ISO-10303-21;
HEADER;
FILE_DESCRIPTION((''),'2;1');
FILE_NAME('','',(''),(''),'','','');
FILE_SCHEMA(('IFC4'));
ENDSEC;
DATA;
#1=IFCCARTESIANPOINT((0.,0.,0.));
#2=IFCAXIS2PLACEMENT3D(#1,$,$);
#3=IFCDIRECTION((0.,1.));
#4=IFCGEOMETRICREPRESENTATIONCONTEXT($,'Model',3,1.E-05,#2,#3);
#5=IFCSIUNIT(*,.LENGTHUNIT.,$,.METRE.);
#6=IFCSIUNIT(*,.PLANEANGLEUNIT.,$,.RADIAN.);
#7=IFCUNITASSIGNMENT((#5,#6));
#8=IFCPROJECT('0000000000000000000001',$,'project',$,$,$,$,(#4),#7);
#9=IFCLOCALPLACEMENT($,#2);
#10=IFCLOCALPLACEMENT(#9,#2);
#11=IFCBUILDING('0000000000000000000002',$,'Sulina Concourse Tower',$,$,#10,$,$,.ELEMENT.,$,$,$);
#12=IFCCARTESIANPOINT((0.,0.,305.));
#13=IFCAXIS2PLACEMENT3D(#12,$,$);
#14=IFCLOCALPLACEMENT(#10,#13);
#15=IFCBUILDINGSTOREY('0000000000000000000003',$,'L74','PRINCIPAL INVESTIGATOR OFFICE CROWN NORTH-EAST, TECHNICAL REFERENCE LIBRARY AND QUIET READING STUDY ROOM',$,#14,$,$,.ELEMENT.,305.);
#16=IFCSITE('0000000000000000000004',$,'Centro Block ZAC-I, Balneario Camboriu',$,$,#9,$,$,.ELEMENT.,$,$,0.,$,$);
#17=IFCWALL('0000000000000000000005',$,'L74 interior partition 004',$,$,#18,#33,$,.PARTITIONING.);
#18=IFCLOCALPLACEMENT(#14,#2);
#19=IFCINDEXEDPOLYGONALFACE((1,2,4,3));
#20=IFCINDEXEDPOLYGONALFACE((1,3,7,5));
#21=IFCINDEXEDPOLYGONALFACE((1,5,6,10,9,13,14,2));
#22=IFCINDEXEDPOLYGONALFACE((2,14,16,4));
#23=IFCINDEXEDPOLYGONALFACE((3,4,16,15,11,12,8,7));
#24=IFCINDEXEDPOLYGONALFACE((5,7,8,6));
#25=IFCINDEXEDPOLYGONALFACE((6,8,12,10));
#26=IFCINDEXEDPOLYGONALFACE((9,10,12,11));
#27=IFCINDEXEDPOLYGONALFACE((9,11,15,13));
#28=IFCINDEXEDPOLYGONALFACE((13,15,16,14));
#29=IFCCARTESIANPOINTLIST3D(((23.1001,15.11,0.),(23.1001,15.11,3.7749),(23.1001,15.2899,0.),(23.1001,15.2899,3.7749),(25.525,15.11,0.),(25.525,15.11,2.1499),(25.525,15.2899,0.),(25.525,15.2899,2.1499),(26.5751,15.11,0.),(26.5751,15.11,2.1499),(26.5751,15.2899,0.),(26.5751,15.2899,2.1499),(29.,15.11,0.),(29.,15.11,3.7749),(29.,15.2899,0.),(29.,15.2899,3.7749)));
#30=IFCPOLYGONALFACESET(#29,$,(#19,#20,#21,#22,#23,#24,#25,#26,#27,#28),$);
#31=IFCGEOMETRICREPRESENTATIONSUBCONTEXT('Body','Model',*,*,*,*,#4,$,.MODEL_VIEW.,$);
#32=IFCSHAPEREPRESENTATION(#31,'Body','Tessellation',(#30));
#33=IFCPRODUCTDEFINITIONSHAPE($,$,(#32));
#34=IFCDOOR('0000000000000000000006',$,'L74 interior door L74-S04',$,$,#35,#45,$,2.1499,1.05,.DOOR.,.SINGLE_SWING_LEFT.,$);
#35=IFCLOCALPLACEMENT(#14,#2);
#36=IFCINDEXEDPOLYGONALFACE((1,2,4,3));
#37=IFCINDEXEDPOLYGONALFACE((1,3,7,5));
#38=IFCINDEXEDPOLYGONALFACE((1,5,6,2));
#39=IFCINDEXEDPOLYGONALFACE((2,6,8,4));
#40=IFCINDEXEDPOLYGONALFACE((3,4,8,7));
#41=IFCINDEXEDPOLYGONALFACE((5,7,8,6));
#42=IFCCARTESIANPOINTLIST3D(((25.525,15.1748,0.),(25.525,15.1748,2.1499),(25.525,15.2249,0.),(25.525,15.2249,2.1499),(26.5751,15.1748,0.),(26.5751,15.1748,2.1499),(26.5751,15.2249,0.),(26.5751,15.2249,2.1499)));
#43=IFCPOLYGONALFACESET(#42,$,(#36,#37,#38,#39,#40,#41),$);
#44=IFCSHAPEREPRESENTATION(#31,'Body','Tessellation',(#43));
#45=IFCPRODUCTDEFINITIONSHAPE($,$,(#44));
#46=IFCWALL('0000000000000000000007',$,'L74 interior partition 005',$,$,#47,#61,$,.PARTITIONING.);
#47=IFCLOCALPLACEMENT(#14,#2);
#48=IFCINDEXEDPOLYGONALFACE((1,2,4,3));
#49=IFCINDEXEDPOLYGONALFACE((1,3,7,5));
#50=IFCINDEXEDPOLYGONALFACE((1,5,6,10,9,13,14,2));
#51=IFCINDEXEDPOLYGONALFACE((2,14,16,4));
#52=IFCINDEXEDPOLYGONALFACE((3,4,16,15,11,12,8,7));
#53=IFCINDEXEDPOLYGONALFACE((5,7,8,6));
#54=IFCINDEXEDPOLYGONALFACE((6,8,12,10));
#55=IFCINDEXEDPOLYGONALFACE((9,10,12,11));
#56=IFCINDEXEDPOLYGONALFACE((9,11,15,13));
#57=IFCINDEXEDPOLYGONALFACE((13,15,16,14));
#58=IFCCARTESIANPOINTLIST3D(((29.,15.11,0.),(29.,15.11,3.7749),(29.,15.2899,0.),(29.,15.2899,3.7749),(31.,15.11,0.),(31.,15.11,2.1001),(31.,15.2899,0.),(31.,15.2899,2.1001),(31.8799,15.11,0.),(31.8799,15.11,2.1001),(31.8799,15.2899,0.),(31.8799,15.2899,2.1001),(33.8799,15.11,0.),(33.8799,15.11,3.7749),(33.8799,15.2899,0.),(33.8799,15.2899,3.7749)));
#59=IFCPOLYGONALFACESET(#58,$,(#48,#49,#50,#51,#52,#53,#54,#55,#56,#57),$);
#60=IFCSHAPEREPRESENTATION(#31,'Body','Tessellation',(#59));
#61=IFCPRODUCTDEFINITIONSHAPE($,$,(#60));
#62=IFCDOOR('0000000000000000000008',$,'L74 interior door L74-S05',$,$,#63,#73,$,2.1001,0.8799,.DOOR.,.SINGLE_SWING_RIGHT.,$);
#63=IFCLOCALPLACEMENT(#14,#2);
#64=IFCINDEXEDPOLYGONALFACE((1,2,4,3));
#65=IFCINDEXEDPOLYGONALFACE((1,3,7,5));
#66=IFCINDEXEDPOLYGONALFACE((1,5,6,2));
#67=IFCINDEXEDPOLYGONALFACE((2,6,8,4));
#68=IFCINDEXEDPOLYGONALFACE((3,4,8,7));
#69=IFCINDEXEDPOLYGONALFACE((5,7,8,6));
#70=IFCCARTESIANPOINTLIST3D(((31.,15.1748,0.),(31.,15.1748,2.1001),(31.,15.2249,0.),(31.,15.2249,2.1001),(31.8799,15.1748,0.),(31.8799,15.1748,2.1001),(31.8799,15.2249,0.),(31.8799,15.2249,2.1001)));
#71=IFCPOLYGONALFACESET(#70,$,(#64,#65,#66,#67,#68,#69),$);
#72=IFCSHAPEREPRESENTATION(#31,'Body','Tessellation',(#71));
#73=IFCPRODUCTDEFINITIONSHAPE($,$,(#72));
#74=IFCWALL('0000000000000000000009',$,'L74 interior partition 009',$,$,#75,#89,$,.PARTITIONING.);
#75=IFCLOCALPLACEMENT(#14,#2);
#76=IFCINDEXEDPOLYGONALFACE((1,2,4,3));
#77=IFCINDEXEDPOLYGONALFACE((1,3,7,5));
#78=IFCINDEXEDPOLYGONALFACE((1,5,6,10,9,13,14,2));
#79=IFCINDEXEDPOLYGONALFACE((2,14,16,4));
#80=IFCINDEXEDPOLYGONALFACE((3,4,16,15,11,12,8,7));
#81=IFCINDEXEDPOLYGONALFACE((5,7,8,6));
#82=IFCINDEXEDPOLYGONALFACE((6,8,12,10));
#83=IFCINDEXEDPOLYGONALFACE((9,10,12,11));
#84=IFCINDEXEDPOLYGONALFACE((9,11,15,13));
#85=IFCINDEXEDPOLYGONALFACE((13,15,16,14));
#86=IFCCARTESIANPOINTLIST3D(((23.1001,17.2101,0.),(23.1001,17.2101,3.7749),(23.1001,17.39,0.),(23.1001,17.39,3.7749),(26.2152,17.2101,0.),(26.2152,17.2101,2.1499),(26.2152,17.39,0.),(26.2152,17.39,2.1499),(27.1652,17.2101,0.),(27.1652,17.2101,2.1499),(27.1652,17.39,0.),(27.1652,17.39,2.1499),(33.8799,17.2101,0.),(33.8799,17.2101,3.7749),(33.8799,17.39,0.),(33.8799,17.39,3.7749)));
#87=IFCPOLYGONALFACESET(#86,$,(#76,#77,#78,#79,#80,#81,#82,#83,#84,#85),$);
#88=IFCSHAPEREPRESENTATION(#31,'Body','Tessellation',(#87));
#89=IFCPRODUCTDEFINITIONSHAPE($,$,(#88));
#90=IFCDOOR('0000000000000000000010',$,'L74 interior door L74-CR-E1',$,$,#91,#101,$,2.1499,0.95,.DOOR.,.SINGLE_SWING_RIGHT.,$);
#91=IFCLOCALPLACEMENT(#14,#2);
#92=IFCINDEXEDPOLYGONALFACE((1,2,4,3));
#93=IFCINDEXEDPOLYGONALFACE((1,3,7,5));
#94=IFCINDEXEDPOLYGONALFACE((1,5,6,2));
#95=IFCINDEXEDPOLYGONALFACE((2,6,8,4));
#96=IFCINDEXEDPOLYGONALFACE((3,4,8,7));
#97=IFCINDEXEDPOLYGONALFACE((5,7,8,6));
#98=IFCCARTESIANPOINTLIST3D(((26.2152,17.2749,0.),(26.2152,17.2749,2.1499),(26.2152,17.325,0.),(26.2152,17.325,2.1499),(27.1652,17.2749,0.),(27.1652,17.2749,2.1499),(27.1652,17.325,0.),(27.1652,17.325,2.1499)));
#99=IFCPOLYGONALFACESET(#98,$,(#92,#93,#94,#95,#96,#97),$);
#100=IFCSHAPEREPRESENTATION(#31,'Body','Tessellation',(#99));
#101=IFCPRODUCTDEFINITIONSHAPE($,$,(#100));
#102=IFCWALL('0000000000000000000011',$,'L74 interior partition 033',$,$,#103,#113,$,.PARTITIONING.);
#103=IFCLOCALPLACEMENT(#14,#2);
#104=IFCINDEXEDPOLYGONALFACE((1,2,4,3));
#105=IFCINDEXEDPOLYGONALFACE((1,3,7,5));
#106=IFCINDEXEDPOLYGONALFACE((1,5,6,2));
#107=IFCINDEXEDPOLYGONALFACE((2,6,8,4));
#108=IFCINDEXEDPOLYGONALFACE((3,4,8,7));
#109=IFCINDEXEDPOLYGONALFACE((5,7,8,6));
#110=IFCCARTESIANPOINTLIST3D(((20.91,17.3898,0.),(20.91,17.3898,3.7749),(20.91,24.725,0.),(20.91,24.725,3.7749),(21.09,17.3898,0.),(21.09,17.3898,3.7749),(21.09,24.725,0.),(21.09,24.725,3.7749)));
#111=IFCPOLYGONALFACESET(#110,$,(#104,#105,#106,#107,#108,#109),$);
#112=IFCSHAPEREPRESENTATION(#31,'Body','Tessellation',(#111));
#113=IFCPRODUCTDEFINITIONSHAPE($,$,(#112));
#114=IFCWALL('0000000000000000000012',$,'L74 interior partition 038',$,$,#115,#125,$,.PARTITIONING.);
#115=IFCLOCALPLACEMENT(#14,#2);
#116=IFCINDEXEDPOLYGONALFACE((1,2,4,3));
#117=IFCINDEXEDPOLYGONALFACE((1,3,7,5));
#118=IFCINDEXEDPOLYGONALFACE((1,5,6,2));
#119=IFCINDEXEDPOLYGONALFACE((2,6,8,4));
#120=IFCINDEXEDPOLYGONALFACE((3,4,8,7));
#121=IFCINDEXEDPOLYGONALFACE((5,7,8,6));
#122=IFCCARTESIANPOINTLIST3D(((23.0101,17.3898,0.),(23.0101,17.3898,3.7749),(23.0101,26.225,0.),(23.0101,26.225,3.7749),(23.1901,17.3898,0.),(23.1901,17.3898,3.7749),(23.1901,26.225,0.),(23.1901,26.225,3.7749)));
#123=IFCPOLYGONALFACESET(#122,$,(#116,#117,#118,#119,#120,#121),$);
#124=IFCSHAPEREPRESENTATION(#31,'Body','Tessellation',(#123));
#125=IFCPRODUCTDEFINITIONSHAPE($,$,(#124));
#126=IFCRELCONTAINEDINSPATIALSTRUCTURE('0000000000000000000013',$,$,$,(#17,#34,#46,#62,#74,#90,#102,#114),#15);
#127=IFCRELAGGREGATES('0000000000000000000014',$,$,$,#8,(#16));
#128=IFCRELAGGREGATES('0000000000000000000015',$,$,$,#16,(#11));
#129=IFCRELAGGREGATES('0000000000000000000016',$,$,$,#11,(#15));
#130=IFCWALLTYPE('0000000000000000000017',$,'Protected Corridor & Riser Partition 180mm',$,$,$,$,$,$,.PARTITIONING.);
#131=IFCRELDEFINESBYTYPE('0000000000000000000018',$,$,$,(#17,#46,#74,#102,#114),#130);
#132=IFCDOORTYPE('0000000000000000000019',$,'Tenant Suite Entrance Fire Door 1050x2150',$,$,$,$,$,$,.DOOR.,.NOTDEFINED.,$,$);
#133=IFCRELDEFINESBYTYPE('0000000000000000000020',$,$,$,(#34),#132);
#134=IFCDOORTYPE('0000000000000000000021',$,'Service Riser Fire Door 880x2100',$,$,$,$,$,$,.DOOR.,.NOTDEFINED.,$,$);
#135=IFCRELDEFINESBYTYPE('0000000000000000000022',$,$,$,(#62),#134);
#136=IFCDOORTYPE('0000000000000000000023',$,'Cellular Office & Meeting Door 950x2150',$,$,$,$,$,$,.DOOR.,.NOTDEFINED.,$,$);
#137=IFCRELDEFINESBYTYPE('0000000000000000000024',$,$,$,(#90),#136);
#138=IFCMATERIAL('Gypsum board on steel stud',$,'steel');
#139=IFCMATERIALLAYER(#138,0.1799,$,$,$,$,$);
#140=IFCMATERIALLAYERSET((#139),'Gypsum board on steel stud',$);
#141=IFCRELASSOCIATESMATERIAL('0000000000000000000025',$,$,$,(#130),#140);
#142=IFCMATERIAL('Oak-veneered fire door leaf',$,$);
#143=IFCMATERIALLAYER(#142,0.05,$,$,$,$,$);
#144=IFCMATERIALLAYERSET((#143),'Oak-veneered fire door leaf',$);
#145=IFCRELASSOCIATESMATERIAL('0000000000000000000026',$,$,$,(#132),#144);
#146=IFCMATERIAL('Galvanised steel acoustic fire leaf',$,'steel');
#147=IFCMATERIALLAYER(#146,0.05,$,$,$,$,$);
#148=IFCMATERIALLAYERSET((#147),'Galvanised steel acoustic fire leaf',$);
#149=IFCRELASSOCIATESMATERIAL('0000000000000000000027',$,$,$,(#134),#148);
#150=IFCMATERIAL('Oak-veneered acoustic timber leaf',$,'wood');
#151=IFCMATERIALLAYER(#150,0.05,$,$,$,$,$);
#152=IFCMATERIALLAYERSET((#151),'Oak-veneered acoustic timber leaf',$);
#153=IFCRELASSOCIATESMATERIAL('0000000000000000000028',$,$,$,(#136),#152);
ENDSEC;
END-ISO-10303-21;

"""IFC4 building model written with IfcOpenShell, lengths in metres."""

from ifc_helpers import new_model, si_unit, direction, frame, frame_2d, origin, place, context, subcontext, project, spatial, rectangle, extrude, material, layer, layer_set, type_object, element, fill, save


model = new_model("IFC4")

# Units and contexts
model_context = context("Model", 3, precision=1e-05, world=origin(), true_north=direction((0.0, 1.0)))
body_context = subcontext(model_context, "Body", "Model", "MODEL_VIEW")
ifc_project = project(units=[si_unit("LENGTHUNIT", "METRE"), si_unit("PLANEANGLEUNIT", "RADIAN")], contexts=[model_context])

# Site, building, storey
site_placement = place(None, origin())
site = spatial("IfcSite", under=ifc_project, at=site_placement, Name="Centro Block ZAC-I, Balneario Camboriu", CompositionType="ELEMENT", RefElevation=0.0)
building_placement = place(site_placement, origin())
building = spatial("IfcBuilding", under=site, at=building_placement, Name="Sulina Concourse Tower", CompositionType="ELEMENT")
storey_placement = place(building_placement, frame((0.0, 0.0, 305.0)))
storey = spatial("IfcBuildingStorey", under=building, at=storey_placement, Name="L74", Description="PRINCIPAL INVESTIGATOR OFFICE CROWN NORTH-EAST, TECHNICAL REFERENCE LIBRARY AND QUIET READING STUDY ROOM", CompositionType="ELEMENT", Elevation=305.0)

# Walls, openings, doors
ifc_material_1 = material(Name="Gypsum board on steel stud", Category="steel")
ifc_layer_1 = layer(ifc_material_1, 0.1799)
ifc_layer_set_1 = layer_set([ifc_layer_1], Name="Gypsum board on steel stud")
wall_type_1 = type_object("IfcWallType", Name="Protected Corridor & Riser Partition 180mm", PredefinedType="PARTITIONING", material=ifc_layer_set_1)
wall_1_placement = place(storey_placement, frame((23.1001, 15.2, 0.0), z_axis=(0.0, 0.0, 1.0), x_axis=(1.0, 0.0, 0.0)))
wall_1 = element("IfcWall", 1, at=wall_1_placement, inside=storey, type_object=wall_type_1, Name="L74 interior partition 004", PredefinedType="PARTITIONING", context=body_context, shape_type="SweptSolid", body=[
    extrude(rectangle(XDim=5.8999, YDim=0.1799, at=frame_2d((2.95, 0.0))), origin(), (0.0, 0.0, 1.0), 3.7749),
])
opening_1_placement = place(wall_1_placement, frame((2.425, 0.0, 0.0)))
opening_1 = element("IfcOpeningElement", 2, at=opening_1_placement, cuts=wall_1, PredefinedType="OPENING", context=body_context, shape_type="SweptSolid", body=[
    extrude(rectangle(XDim=1.05, YDim=2.1499, at=frame_2d((0.5249, 1.075))), frame((0.0, 0.0999, 0.0), z_axis=(0.0, -1.0, 0.0), x_axis=(1.0, 0.0, 0.0)), (0.0, 0.0, 1.0), 0.2),
])
ifc_material_2 = material(Name="Oak-veneered fire door leaf")
ifc_layer_2 = layer(ifc_material_2, 0.05)
ifc_layer_set_2 = layer_set([ifc_layer_2], Name="Oak-veneered fire door leaf")
door_type_1 = type_object("IfcDoorType", Name="Tenant Suite Entrance Fire Door 1050x2150", OperationType="NOTDEFINED", PredefinedType="DOOR", material=ifc_layer_set_2)
door_1_placement = place(opening_1_placement, origin())
door_1 = element("IfcDoor", 3, at=door_1_placement, inside=storey, type_object=door_type_1, Name="L74 interior door L74-S04", OperationType="SINGLE_SWING_LEFT", OverallHeight=2.1499, OverallWidth=1.05, PredefinedType="DOOR", context=body_context, shape_type="SweptSolid", body=[
    extrude(rectangle(XDim=1.05, YDim=2.1499, at=frame_2d((0.5249, 1.075))), frame((0.0, 0.0249, 0.0), z_axis=(0.0, -1.0, 0.0), x_axis=(1.0, 0.0, 0.0)), (0.0, 0.0, 1.0), 0.05),
])
fill(opening_1, door_1)
wall_2_placement = place(storey_placement, frame((29.0, 15.2, 0.0), z_axis=(0.0, 0.0, 1.0), x_axis=(1.0, 0.0, 0.0)))
wall_2 = element("IfcWall", 4, at=wall_2_placement, inside=storey, type_object=wall_type_1, Name="L74 interior partition 005", PredefinedType="PARTITIONING", context=body_context, shape_type="SweptSolid", body=[
    extrude(rectangle(XDim=4.8799, YDim=0.1799, at=frame_2d((2.4399, 0.0))), origin(), (0.0, 0.0, 1.0), 3.7749),
])
opening_2_placement = place(wall_2_placement, frame((2.0, 0.0, 0.0)))
opening_2 = element("IfcOpeningElement", 5, at=opening_2_placement, cuts=wall_2, PredefinedType="OPENING", context=body_context, shape_type="SweptSolid", body=[
    extrude(rectangle(XDim=0.8799, YDim=2.1001, at=frame_2d((0.4399, 1.05))), frame((0.0, 0.0999, 0.0), z_axis=(0.0, -1.0, 0.0), x_axis=(1.0, 0.0, 0.0)), (0.0, 0.0, 1.0), 0.2),
])
ifc_material_3 = material(Name="Galvanised steel acoustic fire leaf", Category="steel")
ifc_layer_3 = layer(ifc_material_3, 0.05)
ifc_layer_set_3 = layer_set([ifc_layer_3], Name="Galvanised steel acoustic fire leaf")
door_type_2 = type_object("IfcDoorType", Name="Service Riser Fire Door 880x2100", OperationType="NOTDEFINED", PredefinedType="DOOR", material=ifc_layer_set_3)
door_2_placement = place(opening_2_placement, origin())
door_2 = element("IfcDoor", 6, at=door_2_placement, inside=storey, type_object=door_type_2, Name="L74 interior door L74-S05", OperationType="SINGLE_SWING_RIGHT", OverallHeight=2.1001, OverallWidth=0.8799, PredefinedType="DOOR", context=body_context, shape_type="SweptSolid", body=[
    extrude(rectangle(XDim=0.8799, YDim=2.1001, at=frame_2d((0.4399, 1.05))), frame((0.0, 0.0249, 0.0), z_axis=(0.0, -1.0, 0.0), x_axis=(1.0, 0.0, 0.0)), (0.0, 0.0, 1.0), 0.05),
])
fill(opening_2, door_2)
wall_3_placement = place(storey_placement, frame((23.1001, 17.3, 0.0), z_axis=(0.0, 0.0, 1.0), x_axis=(1.0, 0.0, 0.0)))
wall_3 = element("IfcWall", 7, at=wall_3_placement, inside=storey, type_object=wall_type_1, Name="L74 interior partition 009", PredefinedType="PARTITIONING", context=body_context, shape_type="SweptSolid", body=[
    extrude(rectangle(XDim=10.7798, YDim=0.1799, at=frame_2d((5.3899, 0.0))), origin(), (0.0, 0.0, 1.0), 3.7749),
])
opening_3_placement = place(wall_3_placement, frame((3.115, 0.0, 0.0)))
opening_3 = element("IfcOpeningElement", 8, at=opening_3_placement, cuts=wall_3, PredefinedType="OPENING", context=body_context, shape_type="SweptSolid", body=[
    extrude(rectangle(XDim=0.95, YDim=2.1499, at=frame_2d((0.4751, 1.075))), frame((0.0, 0.0999, 0.0), z_axis=(0.0, -1.0, 0.0), x_axis=(1.0, 0.0, 0.0)), (0.0, 0.0, 1.0), 0.2),
])
ifc_material_4 = material(Name="Oak-veneered acoustic timber leaf", Category="wood")
ifc_layer_4 = layer(ifc_material_4, 0.05)
ifc_layer_set_4 = layer_set([ifc_layer_4], Name="Oak-veneered acoustic timber leaf")
door_type_3 = type_object("IfcDoorType", Name="Cellular Office & Meeting Door 950x2150", OperationType="NOTDEFINED", PredefinedType="DOOR", material=ifc_layer_set_4)
door_3_placement = place(opening_3_placement, origin())
door_3 = element("IfcDoor", 9, at=door_3_placement, inside=storey, type_object=door_type_3, Name="L74 interior door L74-CR-E1", OperationType="SINGLE_SWING_RIGHT", OverallHeight=2.1499, OverallWidth=0.95, PredefinedType="DOOR", context=body_context, shape_type="SweptSolid", body=[
    extrude(rectangle(XDim=0.95, YDim=2.1499, at=frame_2d((0.4751, 1.075))), frame((0.0, 0.0249, 0.0), z_axis=(0.0, -1.0, 0.0), x_axis=(1.0, 0.0, 0.0)), (0.0, 0.0, 1.0), 0.05),
])
fill(opening_3, door_3)

# Walls
wall_4_placement = place(storey_placement, frame((21.0, 17.3899, 0.0), z_axis=(0.0, 0.0, 1.0), x_axis=(0.0, 1.0, 0.0)))
element("IfcWall", 10, at=wall_4_placement, inside=storey, type_object=wall_type_1, Name="L74 interior partition 033", PredefinedType="PARTITIONING", context=body_context, shape_type="SweptSolid", body=[
    extrude(rectangle(XDim=7.3352, YDim=0.1799, at=frame_2d((3.6675, 0.0))), origin(), (0.0, 0.0, 1.0), 3.7749),
])
wall_5_placement = place(storey_placement, frame((23.1001, 17.3899, 0.0), z_axis=(0.0, 0.0, 1.0), x_axis=(0.0, 1.0, 0.0)))
element("IfcWall", 11, at=wall_5_placement, inside=storey, type_object=wall_type_1, Name="L74 interior partition 038", PredefinedType="PARTITIONING", context=body_context, shape_type="SweptSolid", body=[
    extrude(rectangle(XDim=8.8352, YDim=0.1799, at=frame_2d((4.4175, 0.0))), origin(), (0.0, 0.0, 1.0), 3.7749),
])

save(model, "model.ifc")
